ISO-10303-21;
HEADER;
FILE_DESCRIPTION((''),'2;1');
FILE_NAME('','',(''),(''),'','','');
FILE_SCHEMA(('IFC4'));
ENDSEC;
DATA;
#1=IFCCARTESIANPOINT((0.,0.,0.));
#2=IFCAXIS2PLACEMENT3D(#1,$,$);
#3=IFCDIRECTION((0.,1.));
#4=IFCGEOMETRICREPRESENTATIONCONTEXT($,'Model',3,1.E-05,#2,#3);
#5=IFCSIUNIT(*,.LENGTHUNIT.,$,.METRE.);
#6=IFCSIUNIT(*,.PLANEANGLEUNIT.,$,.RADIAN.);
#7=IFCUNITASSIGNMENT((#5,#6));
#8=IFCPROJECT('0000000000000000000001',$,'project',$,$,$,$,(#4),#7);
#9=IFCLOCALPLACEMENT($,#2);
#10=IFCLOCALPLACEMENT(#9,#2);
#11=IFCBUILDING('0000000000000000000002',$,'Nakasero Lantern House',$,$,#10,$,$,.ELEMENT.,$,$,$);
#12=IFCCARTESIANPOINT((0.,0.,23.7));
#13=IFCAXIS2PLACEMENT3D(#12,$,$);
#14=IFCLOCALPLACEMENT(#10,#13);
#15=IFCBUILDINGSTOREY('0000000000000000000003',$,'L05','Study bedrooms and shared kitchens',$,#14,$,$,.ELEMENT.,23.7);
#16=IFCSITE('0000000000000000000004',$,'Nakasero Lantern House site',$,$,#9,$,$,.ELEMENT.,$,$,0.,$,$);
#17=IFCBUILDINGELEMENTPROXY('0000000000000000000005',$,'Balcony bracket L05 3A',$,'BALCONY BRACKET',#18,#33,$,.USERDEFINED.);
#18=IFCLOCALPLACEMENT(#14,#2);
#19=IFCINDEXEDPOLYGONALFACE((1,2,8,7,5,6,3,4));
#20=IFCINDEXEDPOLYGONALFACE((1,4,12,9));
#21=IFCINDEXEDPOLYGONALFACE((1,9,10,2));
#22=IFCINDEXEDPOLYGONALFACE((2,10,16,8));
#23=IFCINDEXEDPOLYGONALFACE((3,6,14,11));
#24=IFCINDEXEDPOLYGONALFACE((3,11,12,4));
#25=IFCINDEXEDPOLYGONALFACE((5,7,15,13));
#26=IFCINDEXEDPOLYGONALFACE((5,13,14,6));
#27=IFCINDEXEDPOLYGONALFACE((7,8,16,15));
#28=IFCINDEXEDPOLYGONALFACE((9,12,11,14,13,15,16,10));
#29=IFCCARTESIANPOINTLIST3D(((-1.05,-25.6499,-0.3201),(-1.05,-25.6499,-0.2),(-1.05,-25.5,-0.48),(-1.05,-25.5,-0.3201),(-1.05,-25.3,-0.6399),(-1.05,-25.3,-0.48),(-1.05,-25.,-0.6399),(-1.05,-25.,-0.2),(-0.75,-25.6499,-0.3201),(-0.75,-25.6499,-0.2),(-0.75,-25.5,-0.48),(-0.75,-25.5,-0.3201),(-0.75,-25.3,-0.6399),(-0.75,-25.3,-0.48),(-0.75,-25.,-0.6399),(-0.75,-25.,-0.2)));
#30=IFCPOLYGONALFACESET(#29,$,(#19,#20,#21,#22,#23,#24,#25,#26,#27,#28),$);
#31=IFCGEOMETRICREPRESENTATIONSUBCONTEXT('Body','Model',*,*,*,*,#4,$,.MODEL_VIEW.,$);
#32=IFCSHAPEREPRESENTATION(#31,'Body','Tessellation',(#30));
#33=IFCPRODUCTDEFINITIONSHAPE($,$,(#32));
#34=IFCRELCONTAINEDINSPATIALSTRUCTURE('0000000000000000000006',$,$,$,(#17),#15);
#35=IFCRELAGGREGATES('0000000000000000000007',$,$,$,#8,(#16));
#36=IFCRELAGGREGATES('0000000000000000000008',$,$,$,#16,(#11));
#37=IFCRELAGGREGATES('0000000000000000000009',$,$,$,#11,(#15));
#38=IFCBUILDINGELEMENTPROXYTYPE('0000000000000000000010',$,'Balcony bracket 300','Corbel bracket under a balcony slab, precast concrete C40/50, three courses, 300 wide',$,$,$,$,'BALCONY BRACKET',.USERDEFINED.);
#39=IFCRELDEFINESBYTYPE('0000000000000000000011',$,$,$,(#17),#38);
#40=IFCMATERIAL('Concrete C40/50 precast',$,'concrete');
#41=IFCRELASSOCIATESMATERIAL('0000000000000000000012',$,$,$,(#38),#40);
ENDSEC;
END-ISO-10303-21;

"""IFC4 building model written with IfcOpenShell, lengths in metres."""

from ifc_helpers import new_model, si_unit, direction, frame, origin, place, context, subcontext, project, spatial, polyline, outline, extrude, material, type_object, element, save


model = new_model("IFC4")

# Units and contexts
model_context = context("Model", 3, precision=1e-05, world=origin(), true_north=direction((0.0, 1.0)))
body_context = subcontext(model_context, "Body", "Model", "MODEL_VIEW")
ifc_project = project(units=[si_unit("LENGTHUNIT", "METRE"), si_unit("PLANEANGLEUNIT", "RADIAN")], contexts=[model_context])

# Site, building, storey
site_placement = place(None, origin())
site = spatial("IfcSite", under=ifc_project, at=site_placement, Name="Nakasero Lantern House site", CompositionType="ELEMENT", RefElevation=0.0)
building_placement = place(site_placement, origin())
building = spatial("IfcBuilding", under=site, at=building_placement, Name="Nakasero Lantern House", CompositionType="ELEMENT")
storey_placement = place(building_placement, frame((0.0, 0.0, 23.7)))
storey = spatial("IfcBuildingStorey", under=building, at=storey_placement, Name="L05", Description="Study bedrooms and shared kitchens", CompositionType="ELEMENT", Elevation=23.7)

# Building element proxy
ifc_material_1 = material(Name="Concrete C40/50 precast", Category="concrete")
building_element_proxy_type = type_object("IfcBuildingElementProxyType", Name="Balcony bracket 300", Description="Corbel bracket under a balcony slab, precast concrete C40/50, three courses, 300 wide", ElementType="BALCONY BRACKET", PredefinedType="USERDEFINED", material=ifc_material_1)
proxy_placement = place(storey_placement, frame((-0.8999, -25.0, -0.2), z_axis=(0.0, 0.0, 1.0), x_axis=(0.0, -1.0, 0.0)))
element("IfcBuildingElementProxy", 1, at=proxy_placement, inside=storey, type_object=building_element_proxy_type, Name="Balcony bracket L05 3A", ObjectType="BALCONY BRACKET", PredefinedType="USERDEFINED", context=body_context, shape_type="SweptSolid", body=[
    extrude(outline(polyline([(0.0, 0.0), (0.6499, 0.0), (0.6499, -0.1201), (0.5, -0.1201), (0.5, -0.28), (0.3, -0.28), (0.3, -0.4399), (0.0, -0.4399), (0.0, 0.0)])), frame((0.0, 0.1499, 0.0), z_axis=(0.0, -1.0, 0.0), x_axis=(1.0, 0.0, 0.0)), (0.0, 0.0, 1.0), 0.3),
])

save(model, "model.ifc")
